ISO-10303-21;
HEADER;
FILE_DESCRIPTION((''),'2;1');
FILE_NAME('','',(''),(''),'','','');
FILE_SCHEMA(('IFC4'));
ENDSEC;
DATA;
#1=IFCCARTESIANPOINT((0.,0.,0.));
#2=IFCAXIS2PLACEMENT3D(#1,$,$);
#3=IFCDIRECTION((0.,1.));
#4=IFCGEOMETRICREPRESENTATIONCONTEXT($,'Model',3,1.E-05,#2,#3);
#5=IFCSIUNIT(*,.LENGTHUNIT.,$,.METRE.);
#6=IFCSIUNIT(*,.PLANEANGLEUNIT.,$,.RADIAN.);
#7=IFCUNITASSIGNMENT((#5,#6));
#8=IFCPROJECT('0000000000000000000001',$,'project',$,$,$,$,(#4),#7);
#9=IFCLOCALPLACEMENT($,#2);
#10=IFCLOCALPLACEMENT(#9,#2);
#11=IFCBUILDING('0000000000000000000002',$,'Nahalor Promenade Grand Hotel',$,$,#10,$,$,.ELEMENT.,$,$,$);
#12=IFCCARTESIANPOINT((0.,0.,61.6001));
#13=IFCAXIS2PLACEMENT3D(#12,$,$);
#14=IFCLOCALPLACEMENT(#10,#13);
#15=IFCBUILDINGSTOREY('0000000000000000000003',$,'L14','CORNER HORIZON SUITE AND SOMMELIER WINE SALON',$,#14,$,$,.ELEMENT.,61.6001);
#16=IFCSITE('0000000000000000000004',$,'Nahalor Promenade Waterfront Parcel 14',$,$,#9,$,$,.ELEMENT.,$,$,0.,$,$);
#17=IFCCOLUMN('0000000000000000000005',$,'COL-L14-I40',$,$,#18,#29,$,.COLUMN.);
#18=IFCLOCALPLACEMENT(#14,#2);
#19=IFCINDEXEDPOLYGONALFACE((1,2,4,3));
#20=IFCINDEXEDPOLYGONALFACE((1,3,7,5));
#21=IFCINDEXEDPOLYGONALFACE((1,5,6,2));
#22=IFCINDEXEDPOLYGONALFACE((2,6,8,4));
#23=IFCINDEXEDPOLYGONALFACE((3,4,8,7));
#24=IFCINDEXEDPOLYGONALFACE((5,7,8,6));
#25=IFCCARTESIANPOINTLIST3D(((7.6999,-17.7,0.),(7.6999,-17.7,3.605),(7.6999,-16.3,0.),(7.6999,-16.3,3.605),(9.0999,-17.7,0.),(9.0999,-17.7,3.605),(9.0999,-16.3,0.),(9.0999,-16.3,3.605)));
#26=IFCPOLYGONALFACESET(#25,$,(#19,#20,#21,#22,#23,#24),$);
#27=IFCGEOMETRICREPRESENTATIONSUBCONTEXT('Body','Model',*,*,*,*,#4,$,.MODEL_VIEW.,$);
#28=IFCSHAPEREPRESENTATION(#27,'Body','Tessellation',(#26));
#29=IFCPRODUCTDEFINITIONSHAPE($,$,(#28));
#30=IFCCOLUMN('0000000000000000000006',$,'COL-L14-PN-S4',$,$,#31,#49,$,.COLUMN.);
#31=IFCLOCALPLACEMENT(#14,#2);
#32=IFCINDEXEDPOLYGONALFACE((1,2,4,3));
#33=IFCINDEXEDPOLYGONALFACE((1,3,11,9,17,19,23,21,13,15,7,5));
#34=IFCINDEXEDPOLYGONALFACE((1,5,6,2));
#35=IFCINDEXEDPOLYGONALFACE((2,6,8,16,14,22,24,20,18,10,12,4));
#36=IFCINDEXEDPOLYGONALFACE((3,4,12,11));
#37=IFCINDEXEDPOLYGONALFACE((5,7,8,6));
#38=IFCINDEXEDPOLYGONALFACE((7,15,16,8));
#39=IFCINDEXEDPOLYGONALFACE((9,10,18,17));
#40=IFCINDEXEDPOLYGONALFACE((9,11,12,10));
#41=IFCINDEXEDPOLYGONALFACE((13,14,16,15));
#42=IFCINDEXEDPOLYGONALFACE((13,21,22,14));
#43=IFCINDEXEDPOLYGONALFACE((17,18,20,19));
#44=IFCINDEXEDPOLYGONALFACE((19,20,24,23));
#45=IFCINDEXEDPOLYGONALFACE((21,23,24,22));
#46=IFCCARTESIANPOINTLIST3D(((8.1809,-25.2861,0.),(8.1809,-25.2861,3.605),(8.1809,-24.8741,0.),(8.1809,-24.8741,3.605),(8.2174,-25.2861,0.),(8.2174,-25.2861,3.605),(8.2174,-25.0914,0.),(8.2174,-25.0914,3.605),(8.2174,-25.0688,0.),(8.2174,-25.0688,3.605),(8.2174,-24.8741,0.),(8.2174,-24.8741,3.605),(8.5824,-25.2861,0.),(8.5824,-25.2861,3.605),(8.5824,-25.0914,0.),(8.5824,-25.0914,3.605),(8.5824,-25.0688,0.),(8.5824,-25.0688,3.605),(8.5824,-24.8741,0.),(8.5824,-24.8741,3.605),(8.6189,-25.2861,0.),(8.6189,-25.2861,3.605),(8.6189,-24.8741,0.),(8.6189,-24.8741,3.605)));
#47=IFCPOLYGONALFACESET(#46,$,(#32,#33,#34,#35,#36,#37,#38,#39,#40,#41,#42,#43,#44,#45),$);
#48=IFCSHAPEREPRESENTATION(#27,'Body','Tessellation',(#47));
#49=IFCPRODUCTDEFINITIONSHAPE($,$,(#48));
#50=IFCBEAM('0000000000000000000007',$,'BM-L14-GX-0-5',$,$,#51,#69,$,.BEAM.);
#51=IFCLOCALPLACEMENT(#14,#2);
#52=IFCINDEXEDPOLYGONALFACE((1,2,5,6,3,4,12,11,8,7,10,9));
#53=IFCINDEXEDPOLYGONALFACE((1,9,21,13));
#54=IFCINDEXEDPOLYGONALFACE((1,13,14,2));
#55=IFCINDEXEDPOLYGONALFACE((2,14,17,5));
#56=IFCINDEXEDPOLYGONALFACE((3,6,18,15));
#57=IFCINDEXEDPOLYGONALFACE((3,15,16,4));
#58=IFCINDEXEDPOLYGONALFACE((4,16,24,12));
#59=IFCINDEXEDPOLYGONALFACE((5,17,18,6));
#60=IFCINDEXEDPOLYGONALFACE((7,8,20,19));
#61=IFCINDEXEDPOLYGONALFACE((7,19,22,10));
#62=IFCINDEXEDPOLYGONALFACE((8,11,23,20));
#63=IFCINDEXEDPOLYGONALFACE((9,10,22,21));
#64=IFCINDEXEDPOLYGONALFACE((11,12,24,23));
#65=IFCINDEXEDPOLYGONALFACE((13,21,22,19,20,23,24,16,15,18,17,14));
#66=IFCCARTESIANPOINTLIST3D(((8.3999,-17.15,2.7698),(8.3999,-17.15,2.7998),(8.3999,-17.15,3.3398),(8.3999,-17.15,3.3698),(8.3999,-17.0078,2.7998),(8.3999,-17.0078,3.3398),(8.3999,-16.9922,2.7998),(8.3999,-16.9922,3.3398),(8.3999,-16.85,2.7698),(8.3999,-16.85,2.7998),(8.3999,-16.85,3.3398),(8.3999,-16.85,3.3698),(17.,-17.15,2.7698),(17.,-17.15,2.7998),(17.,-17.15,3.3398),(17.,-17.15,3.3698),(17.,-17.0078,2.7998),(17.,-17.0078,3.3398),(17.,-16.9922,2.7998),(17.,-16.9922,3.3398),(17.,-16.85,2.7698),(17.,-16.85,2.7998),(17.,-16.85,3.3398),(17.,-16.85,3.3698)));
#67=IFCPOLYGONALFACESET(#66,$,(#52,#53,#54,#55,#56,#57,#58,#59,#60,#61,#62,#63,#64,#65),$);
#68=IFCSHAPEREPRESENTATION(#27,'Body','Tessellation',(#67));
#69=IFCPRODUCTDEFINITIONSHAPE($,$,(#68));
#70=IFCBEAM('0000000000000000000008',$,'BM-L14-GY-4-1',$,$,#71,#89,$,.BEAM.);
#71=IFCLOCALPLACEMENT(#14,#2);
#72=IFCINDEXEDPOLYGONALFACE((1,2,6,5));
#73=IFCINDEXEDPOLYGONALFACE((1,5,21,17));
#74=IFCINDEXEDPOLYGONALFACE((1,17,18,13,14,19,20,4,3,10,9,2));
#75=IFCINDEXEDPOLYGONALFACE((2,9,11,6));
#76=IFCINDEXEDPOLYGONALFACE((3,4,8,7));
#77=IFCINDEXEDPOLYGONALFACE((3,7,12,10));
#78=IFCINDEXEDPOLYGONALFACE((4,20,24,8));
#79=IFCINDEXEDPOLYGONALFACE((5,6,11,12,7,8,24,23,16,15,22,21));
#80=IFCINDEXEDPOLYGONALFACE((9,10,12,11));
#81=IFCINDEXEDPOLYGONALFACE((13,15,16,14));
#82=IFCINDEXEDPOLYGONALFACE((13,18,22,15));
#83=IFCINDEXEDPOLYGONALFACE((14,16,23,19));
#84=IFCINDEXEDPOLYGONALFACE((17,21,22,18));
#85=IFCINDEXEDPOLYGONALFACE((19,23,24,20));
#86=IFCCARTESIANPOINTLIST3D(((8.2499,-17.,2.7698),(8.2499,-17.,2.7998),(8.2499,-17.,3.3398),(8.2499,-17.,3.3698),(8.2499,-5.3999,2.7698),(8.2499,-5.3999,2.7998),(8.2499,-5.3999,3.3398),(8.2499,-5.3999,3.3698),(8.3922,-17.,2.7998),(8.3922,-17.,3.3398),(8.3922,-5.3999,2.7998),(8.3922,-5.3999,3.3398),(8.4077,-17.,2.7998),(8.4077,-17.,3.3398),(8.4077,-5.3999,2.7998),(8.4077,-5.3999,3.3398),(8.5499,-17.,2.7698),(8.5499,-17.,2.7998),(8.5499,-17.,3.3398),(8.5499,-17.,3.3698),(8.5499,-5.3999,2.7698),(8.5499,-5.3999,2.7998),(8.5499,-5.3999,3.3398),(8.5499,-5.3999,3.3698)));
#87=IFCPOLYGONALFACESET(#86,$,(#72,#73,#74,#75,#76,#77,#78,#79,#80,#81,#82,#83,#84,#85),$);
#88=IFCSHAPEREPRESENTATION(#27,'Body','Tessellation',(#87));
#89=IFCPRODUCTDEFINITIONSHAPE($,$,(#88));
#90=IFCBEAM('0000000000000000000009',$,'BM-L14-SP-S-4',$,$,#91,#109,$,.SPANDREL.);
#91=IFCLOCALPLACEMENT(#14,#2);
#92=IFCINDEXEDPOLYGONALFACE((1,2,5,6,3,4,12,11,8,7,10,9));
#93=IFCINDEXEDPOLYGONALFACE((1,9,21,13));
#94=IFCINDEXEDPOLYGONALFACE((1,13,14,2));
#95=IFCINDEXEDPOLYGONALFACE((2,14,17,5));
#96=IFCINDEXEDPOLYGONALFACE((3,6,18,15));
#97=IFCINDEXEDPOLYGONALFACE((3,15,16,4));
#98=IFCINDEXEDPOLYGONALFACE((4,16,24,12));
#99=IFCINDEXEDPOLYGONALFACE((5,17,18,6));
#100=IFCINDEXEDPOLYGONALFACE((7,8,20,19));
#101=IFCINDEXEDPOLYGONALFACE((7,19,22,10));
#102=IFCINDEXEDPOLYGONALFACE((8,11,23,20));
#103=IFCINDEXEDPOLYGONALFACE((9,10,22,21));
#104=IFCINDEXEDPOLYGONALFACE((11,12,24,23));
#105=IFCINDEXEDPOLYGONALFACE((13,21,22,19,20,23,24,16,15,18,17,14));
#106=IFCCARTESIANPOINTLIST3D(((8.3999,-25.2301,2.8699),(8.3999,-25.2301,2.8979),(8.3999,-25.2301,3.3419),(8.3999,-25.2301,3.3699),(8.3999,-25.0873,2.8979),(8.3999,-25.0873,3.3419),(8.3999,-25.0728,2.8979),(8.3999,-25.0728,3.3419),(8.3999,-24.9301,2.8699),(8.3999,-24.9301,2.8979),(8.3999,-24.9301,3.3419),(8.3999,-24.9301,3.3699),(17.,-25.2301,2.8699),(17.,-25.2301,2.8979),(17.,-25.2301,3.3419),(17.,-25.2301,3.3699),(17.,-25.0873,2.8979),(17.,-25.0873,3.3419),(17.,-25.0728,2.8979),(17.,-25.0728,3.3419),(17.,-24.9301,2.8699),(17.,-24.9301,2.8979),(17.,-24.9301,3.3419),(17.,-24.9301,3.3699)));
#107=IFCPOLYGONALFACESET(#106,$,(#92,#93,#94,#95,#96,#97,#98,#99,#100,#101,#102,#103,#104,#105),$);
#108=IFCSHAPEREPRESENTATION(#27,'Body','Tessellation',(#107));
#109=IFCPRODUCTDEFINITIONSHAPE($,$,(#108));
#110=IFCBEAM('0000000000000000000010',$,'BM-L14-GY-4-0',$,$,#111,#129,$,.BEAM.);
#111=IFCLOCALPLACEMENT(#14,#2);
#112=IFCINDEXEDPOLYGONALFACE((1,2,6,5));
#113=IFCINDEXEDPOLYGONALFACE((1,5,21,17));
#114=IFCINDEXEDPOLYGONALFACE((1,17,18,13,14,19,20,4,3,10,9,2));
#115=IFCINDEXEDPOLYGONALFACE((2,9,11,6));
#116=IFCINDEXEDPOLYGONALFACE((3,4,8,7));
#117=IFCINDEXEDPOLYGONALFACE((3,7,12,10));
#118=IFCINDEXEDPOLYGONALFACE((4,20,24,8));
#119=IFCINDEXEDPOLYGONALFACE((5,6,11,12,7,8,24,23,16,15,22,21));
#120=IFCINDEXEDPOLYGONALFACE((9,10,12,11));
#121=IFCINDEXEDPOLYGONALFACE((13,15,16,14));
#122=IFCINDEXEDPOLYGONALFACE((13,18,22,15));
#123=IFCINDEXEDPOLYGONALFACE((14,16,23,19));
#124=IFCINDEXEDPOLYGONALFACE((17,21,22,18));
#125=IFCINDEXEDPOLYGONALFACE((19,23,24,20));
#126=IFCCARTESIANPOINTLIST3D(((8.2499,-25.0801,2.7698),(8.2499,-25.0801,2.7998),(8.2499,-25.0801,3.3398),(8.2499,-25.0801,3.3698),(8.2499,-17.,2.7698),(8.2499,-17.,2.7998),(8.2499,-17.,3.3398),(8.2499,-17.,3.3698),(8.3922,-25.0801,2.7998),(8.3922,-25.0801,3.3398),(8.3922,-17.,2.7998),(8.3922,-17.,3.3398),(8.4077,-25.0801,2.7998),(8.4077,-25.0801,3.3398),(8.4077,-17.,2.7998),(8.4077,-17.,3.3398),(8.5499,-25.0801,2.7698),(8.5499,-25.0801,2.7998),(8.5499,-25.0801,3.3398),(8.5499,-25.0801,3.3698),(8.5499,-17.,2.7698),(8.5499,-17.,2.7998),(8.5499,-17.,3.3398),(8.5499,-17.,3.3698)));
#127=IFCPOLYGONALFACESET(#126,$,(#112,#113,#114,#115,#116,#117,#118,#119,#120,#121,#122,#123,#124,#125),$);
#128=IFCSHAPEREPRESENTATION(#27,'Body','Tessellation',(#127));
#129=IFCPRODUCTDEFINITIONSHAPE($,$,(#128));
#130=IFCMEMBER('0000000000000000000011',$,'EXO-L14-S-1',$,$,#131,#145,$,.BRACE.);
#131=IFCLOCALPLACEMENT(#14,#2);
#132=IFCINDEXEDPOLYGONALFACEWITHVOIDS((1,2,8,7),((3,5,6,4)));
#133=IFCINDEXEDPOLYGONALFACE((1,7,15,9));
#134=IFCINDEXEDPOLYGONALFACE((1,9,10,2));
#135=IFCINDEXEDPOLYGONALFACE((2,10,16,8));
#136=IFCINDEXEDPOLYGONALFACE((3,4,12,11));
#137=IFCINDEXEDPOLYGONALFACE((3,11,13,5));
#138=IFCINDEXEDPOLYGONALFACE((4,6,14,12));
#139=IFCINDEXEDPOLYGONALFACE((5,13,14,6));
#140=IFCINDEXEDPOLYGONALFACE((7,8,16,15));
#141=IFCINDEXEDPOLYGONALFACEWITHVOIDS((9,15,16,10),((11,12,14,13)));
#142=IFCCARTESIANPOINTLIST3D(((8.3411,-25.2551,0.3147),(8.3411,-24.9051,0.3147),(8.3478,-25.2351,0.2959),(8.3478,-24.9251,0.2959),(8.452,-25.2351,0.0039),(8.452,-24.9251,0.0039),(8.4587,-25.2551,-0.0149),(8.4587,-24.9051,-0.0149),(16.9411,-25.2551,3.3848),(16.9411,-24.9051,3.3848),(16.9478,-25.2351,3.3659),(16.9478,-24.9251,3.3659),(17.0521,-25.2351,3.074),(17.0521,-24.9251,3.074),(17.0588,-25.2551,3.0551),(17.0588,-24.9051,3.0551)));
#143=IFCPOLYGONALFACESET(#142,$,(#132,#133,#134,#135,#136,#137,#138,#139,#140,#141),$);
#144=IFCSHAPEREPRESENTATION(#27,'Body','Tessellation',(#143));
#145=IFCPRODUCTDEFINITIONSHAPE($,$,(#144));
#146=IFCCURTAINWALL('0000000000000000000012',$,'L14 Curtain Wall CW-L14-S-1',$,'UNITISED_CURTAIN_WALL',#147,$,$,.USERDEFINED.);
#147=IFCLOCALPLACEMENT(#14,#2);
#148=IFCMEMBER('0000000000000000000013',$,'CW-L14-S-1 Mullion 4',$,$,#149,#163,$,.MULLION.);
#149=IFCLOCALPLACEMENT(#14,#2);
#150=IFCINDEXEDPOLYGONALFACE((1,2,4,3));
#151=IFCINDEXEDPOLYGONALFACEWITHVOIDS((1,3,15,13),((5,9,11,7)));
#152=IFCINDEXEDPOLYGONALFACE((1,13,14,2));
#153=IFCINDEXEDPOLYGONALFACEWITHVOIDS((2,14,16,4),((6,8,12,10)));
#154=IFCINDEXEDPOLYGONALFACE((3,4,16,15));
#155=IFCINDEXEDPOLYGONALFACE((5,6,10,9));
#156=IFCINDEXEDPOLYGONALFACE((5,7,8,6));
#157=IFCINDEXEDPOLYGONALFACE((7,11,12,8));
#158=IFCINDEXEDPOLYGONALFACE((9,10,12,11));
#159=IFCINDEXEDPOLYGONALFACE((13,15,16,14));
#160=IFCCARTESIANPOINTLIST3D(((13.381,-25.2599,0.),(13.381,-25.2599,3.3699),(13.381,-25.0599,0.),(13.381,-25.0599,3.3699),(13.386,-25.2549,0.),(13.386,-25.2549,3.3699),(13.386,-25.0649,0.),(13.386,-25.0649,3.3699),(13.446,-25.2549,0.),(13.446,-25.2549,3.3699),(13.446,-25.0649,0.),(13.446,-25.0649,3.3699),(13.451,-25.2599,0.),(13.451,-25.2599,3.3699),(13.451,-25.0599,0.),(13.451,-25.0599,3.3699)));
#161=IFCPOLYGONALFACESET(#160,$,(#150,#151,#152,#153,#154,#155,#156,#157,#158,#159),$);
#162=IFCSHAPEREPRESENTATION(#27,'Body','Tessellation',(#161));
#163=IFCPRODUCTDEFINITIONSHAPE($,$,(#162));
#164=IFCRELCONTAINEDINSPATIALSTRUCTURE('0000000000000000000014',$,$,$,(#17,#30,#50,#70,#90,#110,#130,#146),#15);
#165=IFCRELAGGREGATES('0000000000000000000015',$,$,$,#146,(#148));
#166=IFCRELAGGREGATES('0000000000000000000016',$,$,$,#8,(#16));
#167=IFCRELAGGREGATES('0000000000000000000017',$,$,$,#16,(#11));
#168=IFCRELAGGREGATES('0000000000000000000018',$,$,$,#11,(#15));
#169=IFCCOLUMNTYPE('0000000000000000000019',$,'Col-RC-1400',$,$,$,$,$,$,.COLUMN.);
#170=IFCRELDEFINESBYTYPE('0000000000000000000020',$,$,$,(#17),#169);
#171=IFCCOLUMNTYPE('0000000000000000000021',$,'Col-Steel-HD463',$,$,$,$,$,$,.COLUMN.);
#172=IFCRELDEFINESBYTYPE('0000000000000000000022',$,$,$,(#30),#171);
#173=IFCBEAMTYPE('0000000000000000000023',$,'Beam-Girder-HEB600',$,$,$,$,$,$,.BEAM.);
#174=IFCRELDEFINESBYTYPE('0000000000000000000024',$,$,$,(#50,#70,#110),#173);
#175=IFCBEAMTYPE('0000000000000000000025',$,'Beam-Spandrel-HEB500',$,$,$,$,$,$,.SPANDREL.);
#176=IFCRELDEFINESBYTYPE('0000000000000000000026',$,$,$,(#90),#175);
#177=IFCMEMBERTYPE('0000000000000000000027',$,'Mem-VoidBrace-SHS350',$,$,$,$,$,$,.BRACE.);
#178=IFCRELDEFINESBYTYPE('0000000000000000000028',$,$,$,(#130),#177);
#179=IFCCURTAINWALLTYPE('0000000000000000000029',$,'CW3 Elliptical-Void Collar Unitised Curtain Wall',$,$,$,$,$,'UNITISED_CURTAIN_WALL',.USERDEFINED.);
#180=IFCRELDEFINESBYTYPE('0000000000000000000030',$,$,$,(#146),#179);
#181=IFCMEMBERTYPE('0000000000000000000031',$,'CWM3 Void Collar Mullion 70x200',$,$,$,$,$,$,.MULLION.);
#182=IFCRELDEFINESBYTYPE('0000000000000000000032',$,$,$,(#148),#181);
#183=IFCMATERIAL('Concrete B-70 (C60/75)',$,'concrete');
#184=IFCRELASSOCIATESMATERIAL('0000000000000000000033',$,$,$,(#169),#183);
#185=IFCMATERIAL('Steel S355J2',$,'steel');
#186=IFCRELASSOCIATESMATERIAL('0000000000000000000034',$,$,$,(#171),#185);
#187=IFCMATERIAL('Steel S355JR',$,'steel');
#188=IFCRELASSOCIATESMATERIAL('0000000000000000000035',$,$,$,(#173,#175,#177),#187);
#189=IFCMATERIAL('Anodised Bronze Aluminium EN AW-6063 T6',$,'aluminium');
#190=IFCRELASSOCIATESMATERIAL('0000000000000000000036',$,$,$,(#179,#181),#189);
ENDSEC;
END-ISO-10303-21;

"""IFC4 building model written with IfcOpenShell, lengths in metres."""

from ifc_helpers import new_model, si_unit, direction, frame, origin, origin_2d, place, context, subcontext, project, spatial, rectangle, hollow_rectangle, i_section, extrude, source, transform, mapped, material, material_profile, profile_set, type_object, element, aggregate, save


model = new_model("IFC4")

# Units and contexts
model_context = context("Model", 3, precision=1e-05, world=origin(), true_north=direction((0.0, 1.0)))
body_context = subcontext(model_context, "Body", "Model", "MODEL_VIEW")
ifc_project = project(units=[si_unit("LENGTHUNIT", "METRE"), si_unit("PLANEANGLEUNIT", "RADIAN")], contexts=[model_context])

# Site, building, storey
site_placement = place(None, origin())
site = spatial("IfcSite", under=ifc_project, at=site_placement, Name="Nahalor Promenade Waterfront Parcel 14", CompositionType="ELEMENT", RefElevation=0.0)
building_placement = place(site_placement, origin())
building = spatial("IfcBuilding", under=site, at=building_placement, Name="Nahalor Promenade Grand Hotel", CompositionType="ELEMENT")
storey_placement = place(building_placement, frame((0.0, 0.0, 61.6001)))
storey = spatial("IfcBuildingStorey", under=building, at=storey_placement, Name="L14", Description="CORNER HORIZON SUITE AND SOMMELIER WINE SALON", CompositionType="ELEMENT", Elevation=61.6001)

# Columns
ifc_material_1 = material(Name="Concrete B-70 (C60/75)", Category="concrete")
ifc_material_profile_1 = material_profile(ifc_material_1, rectangle(XDim=1.4, YDim=1.4, at=origin_2d()), Name="RC 1400x1400")
ifc_profile_set_1 = profile_set([ifc_material_profile_1], Name="Concrete B-70 (C60/75)")
column_type_1 = type_object("IfcColumnType", Name="Col-RC-1400", PredefinedType="COLUMN", material=ifc_profile_set_1)
shared_shape_1 = source(origin(), body_context, "Body", "SweptSolid", [
    extrude(rectangle(XDim=1.4, YDim=1.4, at=origin_2d()), origin(), (0.0, 0.0, 1.0), 3.605),
])
column_1_placement = place(storey_placement, frame((8.3999, -17.0, 0.0), z_axis=(0.0, 0.0, 1.0), x_axis=(1.0, 0.0, 0.0)))
element("IfcColumn", 1, at=column_1_placement, inside=storey, type_object=column_type_1, Name="COL-L14-I40", PredefinedType="COLUMN", context=body_context, shape_type="MappedRepresentation", body=[
    mapped(shared_shape_1, transform((0.0, 0.0, 0.0), scale=1.0)),
])
ifc_material_2 = material(Name="Steel S355J2", Category="steel")
ifc_material_profile_2 = material_profile(ifc_material_2, i_section(OverallWidth=0.412, OverallDepth=0.438, WebThickness=0.0226, FlangeThickness=0.0365, at=origin_2d()), Name="HD 400x463")
ifc_profile_set_2 = profile_set([ifc_material_profile_2], Name="Steel S355J2")
column_type_2 = type_object("IfcColumnType", Name="Col-Steel-HD463", PredefinedType="COLUMN", material=ifc_profile_set_2)
shared_shape_2 = source(origin(), body_context, "Body", "SweptSolid", [
    extrude(i_section(OverallWidth=0.412, OverallDepth=0.438, WebThickness=0.0226, FlangeThickness=0.0365, at=origin_2d()), origin(), (0.0, 0.0, 1.0), 3.605),
])
column_2_placement = place(storey_placement, frame((8.3999, -25.0801, 0.0), z_axis=(0.0, 0.0, 1.0), x_axis=(0.0, 1.0, 0.0)))
element("IfcColumn", 2, at=column_2_placement, inside=storey, type_object=column_type_2, Name="COL-L14-PN-S4", PredefinedType="COLUMN", context=body_context, shape_type="MappedRepresentation", body=[
    mapped(shared_shape_2, transform((0.0, 0.0, 0.0), scale=1.0)),
])

# Beams
ifc_material_3 = material(Name="Steel S355JR", Category="steel")
ifc_material_profile_3 = material_profile(ifc_material_3, i_section(OverallWidth=0.3, OverallDepth=0.6, WebThickness=0.0155, FlangeThickness=0.03, at=origin_2d()), Name="HEB 600")
ifc_profile_set_3 = profile_set([ifc_material_profile_3], Name="Steel S355JR")
beam_type_1 = type_object("IfcBeamType", Name="Beam-Girder-HEB600", PredefinedType="BEAM", material=ifc_profile_set_3)
shared_shape_3 = source(origin(), body_context, "Body", "SweptSolid", [
    extrude(i_section(OverallWidth=0.3, OverallDepth=0.6, WebThickness=0.0155, FlangeThickness=0.03, at=origin_2d()), origin(), (0.0, 0.0, 1.0), 8.6001),
])
beam_1_placement = place(storey_placement, frame((8.3999, -17.0, 3.0698), z_axis=(1.0, 0.0, 0.0), x_axis=(0.0, 1.0, 0.0)))
element("IfcBeam", 3, at=beam_1_placement, inside=storey, type_object=beam_type_1, Name="BM-L14-GX-0-5", PredefinedType="BEAM", context=body_context, shape_type="MappedRepresentation", body=[
    mapped(shared_shape_3, transform((0.0, 0.0, 0.0), scale=1.0)),
])
shared_shape_4 = source(origin(), body_context, "Body", "SweptSolid", [
    extrude(i_section(OverallWidth=0.3, OverallDepth=0.6, WebThickness=0.0155, FlangeThickness=0.03, at=origin_2d()), origin(), (0.0, 0.0, 1.0), 11.6001),
])
beam_2_placement = place(storey_placement, frame((8.3999, -17.0, 3.0698), z_axis=(0.0, 1.0, 0.0), x_axis=(-1.0, 0.0, 0.0)))
element("IfcBeam", 4, at=beam_2_placement, inside=storey, type_object=beam_type_1, Name="BM-L14-GY-4-1", PredefinedType="BEAM", context=body_context, shape_type="MappedRepresentation", body=[
    mapped(shared_shape_4, transform((0.0, 0.0, 0.0), scale=1.0)),
])
ifc_material_profile_4 = material_profile(ifc_material_3, i_section(OverallWidth=0.3, OverallDepth=0.5, WebThickness=0.0145, FlangeThickness=0.028, at=origin_2d()), Name="HEB 500")
ifc_profile_set_4 = profile_set([ifc_material_profile_4], Name="Steel S355JR")
beam_type_2 = type_object("IfcBeamType", Name="Beam-Spandrel-HEB500", PredefinedType="SPANDREL", material=ifc_profile_set_4)
shared_shape_5 = source(origin(), body_context, "Body", "SweptSolid", [
    extrude(i_section(OverallWidth=0.3, OverallDepth=0.5, WebThickness=0.0145, FlangeThickness=0.028, at=origin_2d()), origin(), (0.0, 0.0, 1.0), 8.6001),
])
beam_3_placement = place(storey_placement, frame((8.3999, -25.0801, 3.1199), z_axis=(1.0, 0.0, 0.0), x_axis=(0.0, 1.0, 0.0)))
element("IfcBeam", 5, at=beam_3_placement, inside=storey, type_object=beam_type_2, Name="BM-L14-SP-S-4", PredefinedType="SPANDREL", context=body_context, shape_type="MappedRepresentation", body=[
    mapped(shared_shape_5, transform((0.0, 0.0, 0.0), scale=1.0)),
])
shared_shape_6 = source(origin(), body_context, "Body", "SweptSolid", [
    extrude(i_section(OverallWidth=0.3, OverallDepth=0.6, WebThickness=0.0155, FlangeThickness=0.03, at=origin_2d()), origin(), (0.0, 0.0, 1.0), 8.0801),
])
beam_4_placement = place(storey_placement, frame((8.3999, -25.0801, 3.0698), z_axis=(0.0, 1.0, 0.0), x_axis=(-1.0, 0.0, 0.0)))
element("IfcBeam", 6, at=beam_4_placement, inside=storey, type_object=beam_type_1, Name="BM-L14-GY-4-0", PredefinedType="BEAM", context=body_context, shape_type="MappedRepresentation", body=[
    mapped(shared_shape_6, transform((0.0, 0.0, 0.0), scale=1.0)),
])

# Member
ifc_material_profile_5 = material_profile(ifc_material_3, hollow_rectangle(XDim=0.35, YDim=0.35, WallThickness=0.02, at=origin_2d()), Name="SHS 350x350x20")
ifc_profile_set_5 = profile_set([ifc_material_profile_5], Name="Steel S355JR")
member_type_1 = type_object("IfcMemberType", Name="Mem-VoidBrace-SHS350", PredefinedType="BRACE", material=ifc_profile_set_5)
shared_shape_7 = source(origin(), body_context, "Body", "SweptSolid", [
    extrude(hollow_rectangle(XDim=0.35, YDim=0.35, WallThickness=0.02, at=origin_2d()), origin(), (0.0, 0.0, 1.0), 9.1316),
])
member_1_placement = place(storey_placement, frame((8.3999, -25.0801, 0.1499), z_axis=(0.94179, 0.0, 0.336201), x_axis=(0.0, 1.0, 0.0)))
element("IfcMember", 7, at=member_1_placement, inside=storey, type_object=member_type_1, Name="EXO-L14-S-1", PredefinedType="BRACE", context=body_context, shape_type="MappedRepresentation", body=[
    mapped(shared_shape_7, transform((0.0, 0.0, 0.0), scale=1.0)),
])

# Curtain wall, member
ifc_material_4 = material(Name="Anodised Bronze Aluminium EN AW-6063 T6", Category="aluminium")
curtain_wall_type = type_object("IfcCurtainWallType", Name="CW3 Elliptical-Void Collar Unitised Curtain Wall", ElementType="UNITISED_CURTAIN_WALL", PredefinedType="USERDEFINED", material=ifc_material_4)
curtain_wall_placement = place(storey_placement, origin())
curtain_wall = element("IfcCurtainWall", 8, at=curtain_wall_placement, inside=storey, type_object=curtain_wall_type, Name="L14 Curtain Wall CW-L14-S-1", ObjectType="UNITISED_CURTAIN_WALL", PredefinedType="USERDEFINED")
ifc_material_profile_6 = material_profile(ifc_material_4, hollow_rectangle(XDim=0.07, YDim=0.2, WallThickness=0.005, at=origin_2d()), Name="CWM 70x200x5")
ifc_profile_set_6 = profile_set([ifc_material_profile_6], Name="Anodised Bronze Aluminium EN AW-6063 T6")
member_type_2 = type_object("IfcMemberType", Name="CWM3 Void Collar Mullion 70x200", PredefinedType="MULLION", material=ifc_profile_set_6)
shared_shape_8 = source(origin(), body_context, "Body", "SweptSolid", [
    extrude(hollow_rectangle(XDim=0.07, YDim=0.2, WallThickness=0.005, at=origin_2d()), origin(), (0.0, 0.0, 1.0), 3.3699),
])
member_2_placement = place(storey_placement, frame((13.416, -25.1599, 0.0), z_axis=(0.0, 0.0, 1.0), x_axis=(1.0, 0.0, 0.0)))
member_2 = element("IfcMember", 9, at=member_2_placement, type_object=member_type_2, Name="CW-L14-S-1 Mullion 4", PredefinedType="MULLION", context=body_context, shape_type="MappedRepresentation", body=[
    mapped(shared_shape_8, transform((0.0, 0.0, 0.0), scale=1.0)),
])
aggregate(curtain_wall, [member_2])

save(model, "model.ifc")
